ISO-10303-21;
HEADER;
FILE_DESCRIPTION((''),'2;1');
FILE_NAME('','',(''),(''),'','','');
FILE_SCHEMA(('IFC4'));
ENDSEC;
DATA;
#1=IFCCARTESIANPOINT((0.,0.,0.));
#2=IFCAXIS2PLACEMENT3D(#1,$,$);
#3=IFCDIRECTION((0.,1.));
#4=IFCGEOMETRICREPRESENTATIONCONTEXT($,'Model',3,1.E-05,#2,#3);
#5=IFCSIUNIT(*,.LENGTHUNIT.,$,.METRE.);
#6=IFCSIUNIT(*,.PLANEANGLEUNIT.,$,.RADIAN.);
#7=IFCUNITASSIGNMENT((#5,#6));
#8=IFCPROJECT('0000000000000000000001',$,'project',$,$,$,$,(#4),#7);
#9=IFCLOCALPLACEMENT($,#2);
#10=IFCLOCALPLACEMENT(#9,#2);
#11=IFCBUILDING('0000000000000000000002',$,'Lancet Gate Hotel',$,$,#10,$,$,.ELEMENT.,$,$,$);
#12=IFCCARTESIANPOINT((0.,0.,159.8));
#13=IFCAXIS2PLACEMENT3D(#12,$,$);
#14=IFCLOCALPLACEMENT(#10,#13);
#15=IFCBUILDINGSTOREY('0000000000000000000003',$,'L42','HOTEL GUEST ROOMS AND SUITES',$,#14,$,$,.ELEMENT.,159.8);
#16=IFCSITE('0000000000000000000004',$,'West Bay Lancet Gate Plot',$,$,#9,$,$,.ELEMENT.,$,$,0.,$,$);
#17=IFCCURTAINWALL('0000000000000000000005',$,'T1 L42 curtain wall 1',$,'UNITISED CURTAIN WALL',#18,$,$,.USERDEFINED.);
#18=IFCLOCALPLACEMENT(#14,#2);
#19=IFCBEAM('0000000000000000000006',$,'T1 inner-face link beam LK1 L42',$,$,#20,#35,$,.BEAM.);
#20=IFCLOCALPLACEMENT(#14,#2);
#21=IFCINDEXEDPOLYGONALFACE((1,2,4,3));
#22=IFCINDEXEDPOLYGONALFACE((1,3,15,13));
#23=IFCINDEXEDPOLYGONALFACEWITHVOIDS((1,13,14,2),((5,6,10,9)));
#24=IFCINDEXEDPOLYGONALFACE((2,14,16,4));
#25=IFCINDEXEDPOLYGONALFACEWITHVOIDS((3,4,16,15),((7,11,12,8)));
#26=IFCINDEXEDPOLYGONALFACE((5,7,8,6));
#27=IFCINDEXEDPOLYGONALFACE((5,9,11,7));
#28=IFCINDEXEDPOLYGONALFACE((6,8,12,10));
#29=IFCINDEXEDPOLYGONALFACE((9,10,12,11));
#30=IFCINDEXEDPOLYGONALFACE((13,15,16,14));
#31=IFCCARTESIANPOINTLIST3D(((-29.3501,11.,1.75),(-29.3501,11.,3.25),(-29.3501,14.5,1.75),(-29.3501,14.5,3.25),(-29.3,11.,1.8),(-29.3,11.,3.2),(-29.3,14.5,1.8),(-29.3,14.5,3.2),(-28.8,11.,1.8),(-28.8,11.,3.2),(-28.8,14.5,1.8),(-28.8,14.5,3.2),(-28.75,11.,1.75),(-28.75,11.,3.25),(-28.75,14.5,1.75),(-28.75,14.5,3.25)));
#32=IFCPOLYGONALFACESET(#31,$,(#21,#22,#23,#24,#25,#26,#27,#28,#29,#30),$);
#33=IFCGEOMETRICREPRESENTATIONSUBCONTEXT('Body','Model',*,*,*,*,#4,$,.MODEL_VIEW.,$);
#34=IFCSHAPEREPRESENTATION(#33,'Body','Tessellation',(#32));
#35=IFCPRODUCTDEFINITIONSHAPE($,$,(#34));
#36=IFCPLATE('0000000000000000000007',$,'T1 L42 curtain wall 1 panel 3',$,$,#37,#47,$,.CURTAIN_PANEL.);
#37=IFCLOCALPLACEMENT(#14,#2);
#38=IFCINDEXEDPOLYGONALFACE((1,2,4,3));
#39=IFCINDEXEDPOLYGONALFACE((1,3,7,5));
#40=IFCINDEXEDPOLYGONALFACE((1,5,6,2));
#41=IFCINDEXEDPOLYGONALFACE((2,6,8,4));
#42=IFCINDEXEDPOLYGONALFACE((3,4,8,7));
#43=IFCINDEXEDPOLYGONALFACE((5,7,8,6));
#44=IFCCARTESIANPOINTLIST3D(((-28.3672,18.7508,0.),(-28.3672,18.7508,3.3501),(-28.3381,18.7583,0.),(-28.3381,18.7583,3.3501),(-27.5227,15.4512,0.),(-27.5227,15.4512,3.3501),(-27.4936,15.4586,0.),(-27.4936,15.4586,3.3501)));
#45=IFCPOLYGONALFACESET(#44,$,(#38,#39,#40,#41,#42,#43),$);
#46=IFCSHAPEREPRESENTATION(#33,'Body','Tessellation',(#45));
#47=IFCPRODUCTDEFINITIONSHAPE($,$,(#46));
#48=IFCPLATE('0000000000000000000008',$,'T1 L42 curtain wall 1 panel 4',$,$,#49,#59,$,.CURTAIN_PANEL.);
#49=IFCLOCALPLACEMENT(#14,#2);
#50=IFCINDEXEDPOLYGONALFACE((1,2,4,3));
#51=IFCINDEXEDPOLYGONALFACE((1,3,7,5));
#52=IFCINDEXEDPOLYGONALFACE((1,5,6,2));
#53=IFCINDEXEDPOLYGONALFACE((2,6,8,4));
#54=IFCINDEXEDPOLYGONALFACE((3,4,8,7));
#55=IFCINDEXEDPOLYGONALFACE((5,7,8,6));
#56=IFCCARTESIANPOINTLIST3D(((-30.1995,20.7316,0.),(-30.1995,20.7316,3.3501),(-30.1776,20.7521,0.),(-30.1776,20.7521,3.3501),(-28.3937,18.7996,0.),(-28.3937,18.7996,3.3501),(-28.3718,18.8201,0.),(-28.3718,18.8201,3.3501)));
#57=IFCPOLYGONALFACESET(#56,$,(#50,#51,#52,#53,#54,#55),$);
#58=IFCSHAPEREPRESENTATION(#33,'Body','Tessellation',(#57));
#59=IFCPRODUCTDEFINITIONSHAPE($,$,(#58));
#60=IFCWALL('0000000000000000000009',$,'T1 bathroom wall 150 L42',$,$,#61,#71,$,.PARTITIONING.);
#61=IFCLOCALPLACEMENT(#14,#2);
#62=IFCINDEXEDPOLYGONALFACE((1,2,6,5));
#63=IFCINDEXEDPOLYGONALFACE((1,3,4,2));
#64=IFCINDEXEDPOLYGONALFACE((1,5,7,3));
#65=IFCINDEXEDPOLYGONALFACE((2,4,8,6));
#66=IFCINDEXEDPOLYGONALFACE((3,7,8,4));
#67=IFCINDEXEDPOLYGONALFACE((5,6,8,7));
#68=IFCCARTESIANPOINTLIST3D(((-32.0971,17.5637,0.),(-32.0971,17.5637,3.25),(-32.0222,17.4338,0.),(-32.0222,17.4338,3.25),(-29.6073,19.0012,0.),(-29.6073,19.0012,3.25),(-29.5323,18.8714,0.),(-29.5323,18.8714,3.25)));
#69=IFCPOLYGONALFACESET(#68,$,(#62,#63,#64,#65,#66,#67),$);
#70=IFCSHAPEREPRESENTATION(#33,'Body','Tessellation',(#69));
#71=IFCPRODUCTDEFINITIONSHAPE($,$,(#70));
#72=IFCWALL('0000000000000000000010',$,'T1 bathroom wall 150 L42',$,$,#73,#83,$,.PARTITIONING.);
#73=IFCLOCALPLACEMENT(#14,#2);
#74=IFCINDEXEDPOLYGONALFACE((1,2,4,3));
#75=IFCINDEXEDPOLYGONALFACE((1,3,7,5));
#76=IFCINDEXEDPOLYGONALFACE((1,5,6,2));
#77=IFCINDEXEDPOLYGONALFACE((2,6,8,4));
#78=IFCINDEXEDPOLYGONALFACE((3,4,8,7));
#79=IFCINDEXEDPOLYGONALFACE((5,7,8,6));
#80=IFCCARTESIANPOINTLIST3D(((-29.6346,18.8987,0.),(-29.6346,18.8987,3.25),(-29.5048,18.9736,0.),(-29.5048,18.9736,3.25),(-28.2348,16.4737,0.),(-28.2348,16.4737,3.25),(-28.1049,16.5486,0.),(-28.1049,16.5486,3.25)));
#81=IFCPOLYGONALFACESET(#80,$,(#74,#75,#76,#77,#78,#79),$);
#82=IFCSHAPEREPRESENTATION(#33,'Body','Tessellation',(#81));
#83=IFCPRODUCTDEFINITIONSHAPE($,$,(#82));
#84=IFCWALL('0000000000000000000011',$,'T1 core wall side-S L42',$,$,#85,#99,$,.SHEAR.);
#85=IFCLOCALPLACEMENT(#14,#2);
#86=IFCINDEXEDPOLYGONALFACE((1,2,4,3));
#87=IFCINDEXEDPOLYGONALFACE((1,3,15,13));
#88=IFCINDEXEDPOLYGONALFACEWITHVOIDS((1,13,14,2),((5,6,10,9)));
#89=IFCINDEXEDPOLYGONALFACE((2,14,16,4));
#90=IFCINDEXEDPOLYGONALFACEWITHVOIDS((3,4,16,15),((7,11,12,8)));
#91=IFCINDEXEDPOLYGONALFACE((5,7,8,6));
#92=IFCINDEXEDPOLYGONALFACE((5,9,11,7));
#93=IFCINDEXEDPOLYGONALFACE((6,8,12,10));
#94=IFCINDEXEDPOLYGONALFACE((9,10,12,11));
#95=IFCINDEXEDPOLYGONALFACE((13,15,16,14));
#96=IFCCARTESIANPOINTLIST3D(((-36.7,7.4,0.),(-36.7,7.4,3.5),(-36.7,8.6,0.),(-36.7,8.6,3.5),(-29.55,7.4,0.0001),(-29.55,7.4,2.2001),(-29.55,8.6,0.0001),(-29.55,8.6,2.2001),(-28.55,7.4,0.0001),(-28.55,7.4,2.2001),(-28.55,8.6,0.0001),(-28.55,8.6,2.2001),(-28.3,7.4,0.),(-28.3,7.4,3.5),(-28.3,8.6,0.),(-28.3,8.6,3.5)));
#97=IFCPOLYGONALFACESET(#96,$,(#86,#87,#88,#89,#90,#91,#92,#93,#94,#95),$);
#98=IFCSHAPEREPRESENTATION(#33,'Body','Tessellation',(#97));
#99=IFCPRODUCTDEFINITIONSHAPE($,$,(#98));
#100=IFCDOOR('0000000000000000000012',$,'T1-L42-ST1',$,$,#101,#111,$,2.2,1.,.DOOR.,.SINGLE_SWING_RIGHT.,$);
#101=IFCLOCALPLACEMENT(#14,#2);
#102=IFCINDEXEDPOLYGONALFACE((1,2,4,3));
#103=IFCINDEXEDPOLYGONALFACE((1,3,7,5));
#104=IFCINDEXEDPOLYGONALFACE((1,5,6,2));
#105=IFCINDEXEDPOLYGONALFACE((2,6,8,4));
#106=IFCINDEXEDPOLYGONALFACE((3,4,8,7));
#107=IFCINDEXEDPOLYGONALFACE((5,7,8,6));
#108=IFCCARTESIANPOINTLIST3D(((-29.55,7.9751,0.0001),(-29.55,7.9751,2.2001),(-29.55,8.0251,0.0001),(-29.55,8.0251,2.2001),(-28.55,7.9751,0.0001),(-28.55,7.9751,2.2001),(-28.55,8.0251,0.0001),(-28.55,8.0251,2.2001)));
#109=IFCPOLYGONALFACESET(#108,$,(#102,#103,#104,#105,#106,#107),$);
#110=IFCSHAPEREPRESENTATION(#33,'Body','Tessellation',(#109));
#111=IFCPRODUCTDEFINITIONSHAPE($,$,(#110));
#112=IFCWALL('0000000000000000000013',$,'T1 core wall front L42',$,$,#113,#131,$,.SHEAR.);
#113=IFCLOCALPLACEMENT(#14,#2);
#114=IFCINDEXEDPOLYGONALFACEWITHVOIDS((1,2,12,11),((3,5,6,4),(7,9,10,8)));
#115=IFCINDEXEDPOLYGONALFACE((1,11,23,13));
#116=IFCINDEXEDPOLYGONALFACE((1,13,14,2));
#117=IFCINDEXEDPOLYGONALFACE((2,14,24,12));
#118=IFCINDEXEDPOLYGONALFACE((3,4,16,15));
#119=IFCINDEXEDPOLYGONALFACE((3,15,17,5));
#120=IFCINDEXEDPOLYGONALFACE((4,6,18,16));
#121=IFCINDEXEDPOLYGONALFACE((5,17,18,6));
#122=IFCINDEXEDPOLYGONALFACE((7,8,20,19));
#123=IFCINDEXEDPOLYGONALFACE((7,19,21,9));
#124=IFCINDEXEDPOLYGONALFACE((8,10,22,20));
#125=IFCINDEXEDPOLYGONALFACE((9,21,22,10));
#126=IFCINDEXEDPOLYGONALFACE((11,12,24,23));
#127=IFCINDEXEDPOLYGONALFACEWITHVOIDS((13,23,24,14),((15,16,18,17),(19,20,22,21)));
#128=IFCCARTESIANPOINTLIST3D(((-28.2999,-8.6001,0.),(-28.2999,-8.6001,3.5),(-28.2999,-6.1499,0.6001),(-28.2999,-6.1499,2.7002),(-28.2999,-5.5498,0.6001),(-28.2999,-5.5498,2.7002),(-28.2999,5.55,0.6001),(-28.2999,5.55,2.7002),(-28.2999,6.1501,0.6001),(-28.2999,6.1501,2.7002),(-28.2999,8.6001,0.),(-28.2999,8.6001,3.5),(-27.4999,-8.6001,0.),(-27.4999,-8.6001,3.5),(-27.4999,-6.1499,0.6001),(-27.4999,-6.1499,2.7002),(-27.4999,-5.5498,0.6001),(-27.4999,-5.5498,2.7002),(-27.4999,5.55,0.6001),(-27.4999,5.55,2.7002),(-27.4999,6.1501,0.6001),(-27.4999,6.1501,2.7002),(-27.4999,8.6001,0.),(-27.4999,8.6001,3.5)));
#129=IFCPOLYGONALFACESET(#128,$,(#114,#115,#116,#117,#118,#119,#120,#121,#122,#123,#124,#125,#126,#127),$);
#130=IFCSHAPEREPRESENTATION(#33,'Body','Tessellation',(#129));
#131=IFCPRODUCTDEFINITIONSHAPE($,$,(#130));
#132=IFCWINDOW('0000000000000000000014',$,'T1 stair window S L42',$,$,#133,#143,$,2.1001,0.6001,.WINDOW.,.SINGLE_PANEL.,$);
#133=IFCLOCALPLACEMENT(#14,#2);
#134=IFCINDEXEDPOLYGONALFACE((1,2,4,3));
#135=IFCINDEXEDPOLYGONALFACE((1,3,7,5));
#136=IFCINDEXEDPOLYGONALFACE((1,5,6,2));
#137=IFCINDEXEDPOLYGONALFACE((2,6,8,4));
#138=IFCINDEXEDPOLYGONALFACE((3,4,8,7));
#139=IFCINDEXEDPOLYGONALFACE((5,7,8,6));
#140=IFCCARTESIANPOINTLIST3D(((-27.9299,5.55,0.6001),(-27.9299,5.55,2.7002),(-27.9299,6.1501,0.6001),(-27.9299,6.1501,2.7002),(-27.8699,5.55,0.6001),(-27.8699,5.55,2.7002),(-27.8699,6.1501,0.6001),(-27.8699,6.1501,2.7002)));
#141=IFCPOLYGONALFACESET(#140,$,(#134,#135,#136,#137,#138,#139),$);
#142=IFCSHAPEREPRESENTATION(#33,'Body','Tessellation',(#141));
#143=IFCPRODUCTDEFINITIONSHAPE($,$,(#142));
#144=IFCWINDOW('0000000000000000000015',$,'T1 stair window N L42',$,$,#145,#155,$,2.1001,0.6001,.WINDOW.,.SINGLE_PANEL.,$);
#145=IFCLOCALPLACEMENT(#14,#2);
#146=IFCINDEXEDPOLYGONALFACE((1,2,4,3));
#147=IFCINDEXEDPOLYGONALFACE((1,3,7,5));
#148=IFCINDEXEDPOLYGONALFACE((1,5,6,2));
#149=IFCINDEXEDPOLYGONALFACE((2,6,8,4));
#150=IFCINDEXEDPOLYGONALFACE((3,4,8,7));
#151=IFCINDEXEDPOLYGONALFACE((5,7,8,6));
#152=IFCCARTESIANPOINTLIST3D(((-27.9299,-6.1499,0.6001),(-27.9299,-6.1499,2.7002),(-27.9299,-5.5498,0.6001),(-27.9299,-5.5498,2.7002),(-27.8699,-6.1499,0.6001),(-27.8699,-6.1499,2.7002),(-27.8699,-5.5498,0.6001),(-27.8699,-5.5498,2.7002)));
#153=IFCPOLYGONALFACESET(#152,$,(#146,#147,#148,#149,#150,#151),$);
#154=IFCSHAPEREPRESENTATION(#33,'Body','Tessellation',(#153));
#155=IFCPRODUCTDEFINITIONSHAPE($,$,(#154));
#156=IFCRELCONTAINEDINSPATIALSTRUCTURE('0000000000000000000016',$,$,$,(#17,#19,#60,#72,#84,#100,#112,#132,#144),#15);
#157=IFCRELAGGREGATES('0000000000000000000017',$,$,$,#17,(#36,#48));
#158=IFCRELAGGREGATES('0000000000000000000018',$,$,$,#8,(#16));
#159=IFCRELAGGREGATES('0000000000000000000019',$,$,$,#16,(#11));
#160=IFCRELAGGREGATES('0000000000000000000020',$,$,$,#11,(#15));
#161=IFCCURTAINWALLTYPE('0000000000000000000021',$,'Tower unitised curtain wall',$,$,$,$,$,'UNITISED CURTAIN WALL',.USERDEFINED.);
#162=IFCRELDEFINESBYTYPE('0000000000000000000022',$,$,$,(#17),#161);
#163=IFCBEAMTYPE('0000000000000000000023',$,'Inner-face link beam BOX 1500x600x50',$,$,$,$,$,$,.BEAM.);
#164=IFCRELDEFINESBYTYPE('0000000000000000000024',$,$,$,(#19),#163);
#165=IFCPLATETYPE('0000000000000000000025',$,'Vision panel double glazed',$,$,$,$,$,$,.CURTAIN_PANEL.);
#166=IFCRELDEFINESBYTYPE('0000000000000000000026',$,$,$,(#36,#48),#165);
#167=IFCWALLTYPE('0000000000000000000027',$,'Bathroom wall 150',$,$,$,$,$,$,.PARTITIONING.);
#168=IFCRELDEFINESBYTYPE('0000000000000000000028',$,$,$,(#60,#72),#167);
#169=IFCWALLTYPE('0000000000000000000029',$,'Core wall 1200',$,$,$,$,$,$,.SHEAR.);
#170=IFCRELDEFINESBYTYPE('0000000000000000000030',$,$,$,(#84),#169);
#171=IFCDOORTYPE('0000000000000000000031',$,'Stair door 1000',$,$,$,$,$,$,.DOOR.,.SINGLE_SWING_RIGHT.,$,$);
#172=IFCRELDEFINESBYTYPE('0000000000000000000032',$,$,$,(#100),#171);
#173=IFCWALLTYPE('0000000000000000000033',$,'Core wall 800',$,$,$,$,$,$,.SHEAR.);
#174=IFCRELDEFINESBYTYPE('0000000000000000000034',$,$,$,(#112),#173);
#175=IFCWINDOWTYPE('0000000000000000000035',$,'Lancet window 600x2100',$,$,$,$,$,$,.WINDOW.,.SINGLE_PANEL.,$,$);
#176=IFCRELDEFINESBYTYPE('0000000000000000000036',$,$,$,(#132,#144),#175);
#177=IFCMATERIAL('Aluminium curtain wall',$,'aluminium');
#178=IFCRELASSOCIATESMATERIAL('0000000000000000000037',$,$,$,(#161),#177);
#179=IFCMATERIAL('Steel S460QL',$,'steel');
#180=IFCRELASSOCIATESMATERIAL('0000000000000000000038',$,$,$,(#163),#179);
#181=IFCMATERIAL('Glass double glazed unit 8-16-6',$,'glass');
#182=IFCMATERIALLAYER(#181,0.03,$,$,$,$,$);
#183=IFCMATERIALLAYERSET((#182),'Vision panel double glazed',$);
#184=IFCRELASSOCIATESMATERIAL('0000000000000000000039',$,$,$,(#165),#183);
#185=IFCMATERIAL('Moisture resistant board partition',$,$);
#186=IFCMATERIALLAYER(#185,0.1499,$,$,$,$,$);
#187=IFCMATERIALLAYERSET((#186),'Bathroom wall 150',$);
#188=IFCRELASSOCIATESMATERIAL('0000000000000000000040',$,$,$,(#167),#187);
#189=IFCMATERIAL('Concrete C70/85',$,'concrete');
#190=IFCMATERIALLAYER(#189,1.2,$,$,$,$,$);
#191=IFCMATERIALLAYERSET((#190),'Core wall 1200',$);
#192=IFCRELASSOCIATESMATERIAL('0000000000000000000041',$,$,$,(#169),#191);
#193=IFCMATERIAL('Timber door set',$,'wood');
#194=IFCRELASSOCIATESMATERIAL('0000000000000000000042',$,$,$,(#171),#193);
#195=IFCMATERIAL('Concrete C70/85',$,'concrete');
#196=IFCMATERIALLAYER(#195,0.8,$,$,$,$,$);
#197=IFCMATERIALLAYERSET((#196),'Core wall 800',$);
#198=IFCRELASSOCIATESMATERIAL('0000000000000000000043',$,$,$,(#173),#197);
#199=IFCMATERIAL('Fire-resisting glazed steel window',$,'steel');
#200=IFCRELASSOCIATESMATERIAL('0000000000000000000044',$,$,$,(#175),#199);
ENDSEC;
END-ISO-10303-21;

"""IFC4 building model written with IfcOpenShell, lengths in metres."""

from ifc_helpers import new_model, si_unit, direction, frame, frame_2d, origin, origin_2d, place, context, subcontext, project, spatial, rectangle, hollow_rectangle, extrude, material, layer, layer_set, material_profile, profile_set, type_object, element, fill, aggregate, save


model = new_model("IFC4")

# Units and contexts
model_context = context("Model", 3, precision=1e-05, world=origin(), true_north=direction((0.0, 1.0)))
body_context = subcontext(model_context, "Body", "Model", "MODEL_VIEW")
ifc_project = project(units=[si_unit("LENGTHUNIT", "METRE"), si_unit("PLANEANGLEUNIT", "RADIAN")], contexts=[model_context])

# Site, building, storey
site_placement = place(None, origin())
site = spatial("IfcSite", under=ifc_project, at=site_placement, Name="West Bay Lancet Gate Plot", CompositionType="ELEMENT", RefElevation=0.0)
building_placement = place(site_placement, origin())
building = spatial("IfcBuilding", under=site, at=building_placement, Name="Lancet Gate Hotel", CompositionType="ELEMENT")
storey_placement = place(building_placement, frame((0.0, 0.0, 159.8)))
storey = spatial("IfcBuildingStorey", under=building, at=storey_placement, Name="L42", Description="HOTEL GUEST ROOMS AND SUITES", CompositionType="ELEMENT", Elevation=159.8)

# Curtain wall
ifc_material_1 = material(Name="Aluminium curtain wall", Category="aluminium")
curtain_wall_type = type_object("IfcCurtainWallType", Name="Tower unitised curtain wall", ElementType="UNITISED CURTAIN WALL", PredefinedType="USERDEFINED", material=ifc_material_1)
curtain_wall_placement = place(storey_placement, origin())
curtain_wall = element("IfcCurtainWall", 1, at=curtain_wall_placement, inside=storey, type_object=curtain_wall_type, Name="T1 L42 curtain wall 1", ObjectType="UNITISED CURTAIN WALL", PredefinedType="USERDEFINED")

# Beam
ifc_material_2 = material(Name="Steel S460QL", Category="steel")
ifc_material_profile_1 = material_profile(ifc_material_2, hollow_rectangle(XDim=0.6001, YDim=1.5, WallThickness=0.05, at=origin_2d()), Name="BOX 1500x600x50")
ifc_profile_set_1 = profile_set([ifc_material_profile_1], Name="Steel S460QL")
beam_type = type_object("IfcBeamType", Name="Inner-face link beam BOX 1500x600x50", PredefinedType="BEAM", material=ifc_profile_set_1)
beam_placement = place(storey_placement, frame((-29.05, 14.5, 2.5), z_axis=(0.0, -1.0, 0.0), x_axis=(1.0, 0.0, 0.0)))
element("IfcBeam", 2, at=beam_placement, inside=storey, type_object=beam_type, Name="T1 inner-face link beam LK1 L42", PredefinedType="BEAM", context=body_context, shape_type="SweptSolid", body=[
    extrude(hollow_rectangle(XDim=0.6001, YDim=1.5, WallThickness=0.05, at=origin_2d()), origin(), (0.0, 0.0, 1.0), 3.5),
])

# Plates
ifc_material_3 = material(Name="Glass double glazed unit 8-16-6", Category="glass")
ifc_layer_1 = layer(ifc_material_3, 0.03)
ifc_layer_set_1 = layer_set([ifc_layer_1], Name="Vision panel double glazed")
plate_type = type_object("IfcPlateType", Name="Vision panel double glazed", PredefinedType="CURTAIN_PANEL", material=ifc_layer_set_1)
plate_1_placement = place(storey_placement, frame((-27.9304, 17.1047, 0.0), z_axis=(0.0, 0.0, 1.0), x_axis=(-0.247937, 0.968776, 0.0)))
plate_1 = element("IfcPlate", 3, at=plate_1_placement, type_object=plate_type, Name="T1 L42 curtain wall 1 panel 3", PredefinedType="CURTAIN_PANEL", context=body_context, shape_type="SweptSolid", body=[
    extrude(rectangle(XDim=3.406, YDim=0.03, at=origin_2d()), origin(), (0.0, 0.0, 1.0), 3.3501),
])
plate_2_placement = place(storey_placement, frame((-29.2856, 19.7759, 0.0), z_axis=(0.0, 0.0, 1.0), x_axis=(-0.682845, 0.730563, 0.0)))
plate_2 = element("IfcPlate", 4, at=plate_2_placement, type_object=plate_type, Name="T1 L42 curtain wall 1 panel 4", PredefinedType="CURTAIN_PANEL", context=body_context, shape_type="SweptSolid", body=[
    extrude(rectangle(XDim=2.6445, YDim=0.03, at=origin_2d()), origin(), (0.0, 0.0, 1.0), 3.3501),
])
aggregate(curtain_wall, [plate_1, plate_2])

# Walls
ifc_material_4 = material(Name="Moisture resistant board partition")
ifc_layer_2 = layer(ifc_material_4, 0.1499)
ifc_layer_set_2 = layer_set([ifc_layer_2], Name="Bathroom wall 150")
wall_type_1 = type_object("IfcWallType", Name="Bathroom wall 150", PredefinedType="PARTITIONING", material=ifc_layer_set_2)
wall_1_placement = place(storey_placement, frame((-29.5698, 18.9363, 0.0), z_axis=(0.0, 0.0, 1.0), x_axis=(-0.866019, -0.500012, 0.0)))
element("IfcWall", 5, at=wall_1_placement, inside=storey, type_object=wall_type_1, Name="T1 bathroom wall 150 L42", PredefinedType="PARTITIONING", context=body_context, shape_type="SweptSolid", body=[
    extrude(rectangle(XDim=2.875, YDim=0.1499, at=frame_2d((1.4375, 0.0))), origin(), (0.0, 0.0, 1.0), 3.25),
])
wall_2_placement = place(storey_placement, frame((-28.1699, 16.5112, 0.0), z_axis=(0.0, 0.0, 1.0), x_axis=(-0.499946, 0.866056, 0.0)))
element("IfcWall", 6, at=wall_2_placement, inside=storey, type_object=wall_type_1, Name="T1 bathroom wall 150 L42", PredefinedType="PARTITIONING", context=body_context, shape_type="SweptSolid", body=[
    extrude(rectangle(XDim=2.8, YDim=0.1499, at=frame_2d((1.3999, 0.0))), origin(), (0.0, 0.0, 1.0), 3.25),
])

# Wall, opening, door
ifc_material_5 = material(Name="Concrete C70/85", Category="concrete")
ifc_layer_3 = layer(ifc_material_5, 1.2)
ifc_layer_set_3 = layer_set([ifc_layer_3], Name="Core wall 1200")
wall_type_2 = type_object("IfcWallType", Name="Core wall 1200", PredefinedType="SHEAR", material=ifc_layer_set_3)
wall_3_placement = place(storey_placement, frame((-28.3, 8.0, 0.0), z_axis=(0.0, 0.0, 1.0), x_axis=(-1.0, 0.0, 0.0)))
wall_3 = element("IfcWall", 7, at=wall_3_placement, inside=storey, type_object=wall_type_2, Name="T1 core wall side-S L42", PredefinedType="SHEAR", context=body_context, shape_type="SweptSolid", body=[
    extrude(rectangle(XDim=8.3999, YDim=1.2, at=frame_2d((4.2, 0.0))), origin(), (0.0, 0.0, 1.0), 3.5),
])
opening_1_placement = place(wall_3_placement, frame((0.25, 0.0, 0.0)))
opening_1 = element("IfcOpeningElement", 8, at=opening_1_placement, cuts=wall_3, PredefinedType="OPENING", context=body_context, shape_type="SweptSolid", body=[
    extrude(rectangle(XDim=1.0, YDim=2.2, at=frame_2d((0.5, 1.1001))), frame((0.0, 0.6099, 0.0), z_axis=(0.0, -1.0, 0.0), x_axis=(1.0, 0.0, 0.0)), (0.0, 0.0, 1.0), 1.22),
])
ifc_material_6 = material(Name="Timber door set", Category="wood")
door_type_1 = type_object("IfcDoorType", Name="Stair door 1000", OperationType="SINGLE_SWING_RIGHT", PredefinedType="DOOR", material=ifc_material_6)
door_1_placement = place(opening_1_placement, origin())
door_1 = element("IfcDoor", 9, at=door_1_placement, inside=storey, type_object=door_type_1, Name="T1-L42-ST1", OperationType="SINGLE_SWING_RIGHT", OverallHeight=2.2, OverallWidth=1.0, PredefinedType="DOOR", context=body_context, shape_type="SweptSolid", body=[
    extrude(rectangle(XDim=1.0, YDim=2.2, at=frame_2d((0.5, 1.1001))), frame((0.0, 0.0249, 0.0), z_axis=(0.0, -1.0, 0.0), x_axis=(1.0, 0.0, 0.0)), (0.0, 0.0, 1.0), 0.05),
])
fill(opening_1, door_1)

# Wall, openings, windows
ifc_material_7 = material(Name="Concrete C70/85", Category="concrete")
ifc_layer_4 = layer(ifc_material_7, 0.8)
ifc_layer_set_4 = layer_set([ifc_layer_4], Name="Core wall 800")
wall_type_3 = type_object("IfcWallType", Name="Core wall 800", PredefinedType="SHEAR", material=ifc_layer_set_4)
wall_4_placement = place(storey_placement, frame((-27.8999, 8.6001, 0.0), z_axis=(0.0, 0.0, 1.0), x_axis=(0.0, -1.0, 0.0)))
wall_4 = element("IfcWall", 10, at=wall_4_placement, inside=storey, type_object=wall_type_3, Name="T1 core wall front L42", PredefinedType="SHEAR", context=body_context, shape_type="SweptSolid", body=[
    extrude(rectangle(XDim=17.2002, YDim=0.8, at=frame_2d((8.6001, 0.0))), origin(), (0.0, 0.0, 1.0), 3.5),
])
opening_2_placement = place(wall_4_placement, frame((2.45, 0.0, 0.6001)))
opening_2 = element("IfcOpeningElement", 11, at=opening_2_placement, cuts=wall_4, PredefinedType="OPENING", context=body_context, shape_type="SweptSolid", body=[
    extrude(rectangle(XDim=0.6001, YDim=2.1001, at=frame_2d((0.3, 1.05))), frame((0.0, 0.4099, 0.0), z_axis=(0.0, -1.0, 0.0), x_axis=(1.0, 0.0, 0.0)), (0.0, 0.0, 1.0), 0.8201),
])
opening_3_placement = place(wall_4_placement, frame((14.1499, 0.0, 0.6001)))
opening_3 = element("IfcOpeningElement", 12, at=opening_3_placement, cuts=wall_4, PredefinedType="OPENING", context=body_context, shape_type="SweptSolid", body=[
    extrude(rectangle(XDim=0.6001, YDim=2.1001, at=frame_2d((0.3, 1.05))), frame((0.0, 0.4099, 0.0), z_axis=(0.0, -1.0, 0.0), x_axis=(1.0, 0.0, 0.0)), (0.0, 0.0, 1.0), 0.8201),
])
ifc_material_8 = material(Name="Fire-resisting glazed steel window", Category="steel")
window_type = type_object("IfcWindowType", Name="Lancet window 600x2100", PartitioningType="SINGLE_PANEL", PredefinedType="WINDOW", material=ifc_material_8)
window_1_placement = place(opening_2_placement, origin())
window_1 = element("IfcWindow", 13, at=window_1_placement, inside=storey, type_object=window_type, Name="T1 stair window S L42", OverallHeight=2.1001, OverallWidth=0.6001, PartitioningType="SINGLE_PANEL", PredefinedType="WINDOW", context=body_context, shape_type="SweptSolid", body=[
    extrude(rectangle(XDim=0.6001, YDim=2.1001, at=frame_2d((0.3, 1.05))), frame((0.0, 0.03, 0.0), z_axis=(0.0, -1.0, 0.0), x_axis=(1.0, 0.0, 0.0)), (0.0, 0.0, 1.0), 0.0601),
])
fill(opening_2, window_1)
window_2_placement = place(opening_3_placement, origin())
window_2 = element("IfcWindow", 14, at=window_2_placement, inside=storey, type_object=window_type, Name="T1 stair window N L42", OverallHeight=2.1001, OverallWidth=0.6001, PartitioningType="SINGLE_PANEL", PredefinedType="WINDOW", context=body_context, shape_type="SweptSolid", body=[
    extrude(rectangle(XDim=0.6001, YDim=2.1001, at=frame_2d((0.3, 1.05))), frame((0.0, 0.03, 0.0), z_axis=(0.0, -1.0, 0.0), x_axis=(1.0, 0.0, 0.0)), (0.0, 0.0, 1.0), 0.0601),
])
fill(opening_3, window_2)

save(model, "model.ifc")
